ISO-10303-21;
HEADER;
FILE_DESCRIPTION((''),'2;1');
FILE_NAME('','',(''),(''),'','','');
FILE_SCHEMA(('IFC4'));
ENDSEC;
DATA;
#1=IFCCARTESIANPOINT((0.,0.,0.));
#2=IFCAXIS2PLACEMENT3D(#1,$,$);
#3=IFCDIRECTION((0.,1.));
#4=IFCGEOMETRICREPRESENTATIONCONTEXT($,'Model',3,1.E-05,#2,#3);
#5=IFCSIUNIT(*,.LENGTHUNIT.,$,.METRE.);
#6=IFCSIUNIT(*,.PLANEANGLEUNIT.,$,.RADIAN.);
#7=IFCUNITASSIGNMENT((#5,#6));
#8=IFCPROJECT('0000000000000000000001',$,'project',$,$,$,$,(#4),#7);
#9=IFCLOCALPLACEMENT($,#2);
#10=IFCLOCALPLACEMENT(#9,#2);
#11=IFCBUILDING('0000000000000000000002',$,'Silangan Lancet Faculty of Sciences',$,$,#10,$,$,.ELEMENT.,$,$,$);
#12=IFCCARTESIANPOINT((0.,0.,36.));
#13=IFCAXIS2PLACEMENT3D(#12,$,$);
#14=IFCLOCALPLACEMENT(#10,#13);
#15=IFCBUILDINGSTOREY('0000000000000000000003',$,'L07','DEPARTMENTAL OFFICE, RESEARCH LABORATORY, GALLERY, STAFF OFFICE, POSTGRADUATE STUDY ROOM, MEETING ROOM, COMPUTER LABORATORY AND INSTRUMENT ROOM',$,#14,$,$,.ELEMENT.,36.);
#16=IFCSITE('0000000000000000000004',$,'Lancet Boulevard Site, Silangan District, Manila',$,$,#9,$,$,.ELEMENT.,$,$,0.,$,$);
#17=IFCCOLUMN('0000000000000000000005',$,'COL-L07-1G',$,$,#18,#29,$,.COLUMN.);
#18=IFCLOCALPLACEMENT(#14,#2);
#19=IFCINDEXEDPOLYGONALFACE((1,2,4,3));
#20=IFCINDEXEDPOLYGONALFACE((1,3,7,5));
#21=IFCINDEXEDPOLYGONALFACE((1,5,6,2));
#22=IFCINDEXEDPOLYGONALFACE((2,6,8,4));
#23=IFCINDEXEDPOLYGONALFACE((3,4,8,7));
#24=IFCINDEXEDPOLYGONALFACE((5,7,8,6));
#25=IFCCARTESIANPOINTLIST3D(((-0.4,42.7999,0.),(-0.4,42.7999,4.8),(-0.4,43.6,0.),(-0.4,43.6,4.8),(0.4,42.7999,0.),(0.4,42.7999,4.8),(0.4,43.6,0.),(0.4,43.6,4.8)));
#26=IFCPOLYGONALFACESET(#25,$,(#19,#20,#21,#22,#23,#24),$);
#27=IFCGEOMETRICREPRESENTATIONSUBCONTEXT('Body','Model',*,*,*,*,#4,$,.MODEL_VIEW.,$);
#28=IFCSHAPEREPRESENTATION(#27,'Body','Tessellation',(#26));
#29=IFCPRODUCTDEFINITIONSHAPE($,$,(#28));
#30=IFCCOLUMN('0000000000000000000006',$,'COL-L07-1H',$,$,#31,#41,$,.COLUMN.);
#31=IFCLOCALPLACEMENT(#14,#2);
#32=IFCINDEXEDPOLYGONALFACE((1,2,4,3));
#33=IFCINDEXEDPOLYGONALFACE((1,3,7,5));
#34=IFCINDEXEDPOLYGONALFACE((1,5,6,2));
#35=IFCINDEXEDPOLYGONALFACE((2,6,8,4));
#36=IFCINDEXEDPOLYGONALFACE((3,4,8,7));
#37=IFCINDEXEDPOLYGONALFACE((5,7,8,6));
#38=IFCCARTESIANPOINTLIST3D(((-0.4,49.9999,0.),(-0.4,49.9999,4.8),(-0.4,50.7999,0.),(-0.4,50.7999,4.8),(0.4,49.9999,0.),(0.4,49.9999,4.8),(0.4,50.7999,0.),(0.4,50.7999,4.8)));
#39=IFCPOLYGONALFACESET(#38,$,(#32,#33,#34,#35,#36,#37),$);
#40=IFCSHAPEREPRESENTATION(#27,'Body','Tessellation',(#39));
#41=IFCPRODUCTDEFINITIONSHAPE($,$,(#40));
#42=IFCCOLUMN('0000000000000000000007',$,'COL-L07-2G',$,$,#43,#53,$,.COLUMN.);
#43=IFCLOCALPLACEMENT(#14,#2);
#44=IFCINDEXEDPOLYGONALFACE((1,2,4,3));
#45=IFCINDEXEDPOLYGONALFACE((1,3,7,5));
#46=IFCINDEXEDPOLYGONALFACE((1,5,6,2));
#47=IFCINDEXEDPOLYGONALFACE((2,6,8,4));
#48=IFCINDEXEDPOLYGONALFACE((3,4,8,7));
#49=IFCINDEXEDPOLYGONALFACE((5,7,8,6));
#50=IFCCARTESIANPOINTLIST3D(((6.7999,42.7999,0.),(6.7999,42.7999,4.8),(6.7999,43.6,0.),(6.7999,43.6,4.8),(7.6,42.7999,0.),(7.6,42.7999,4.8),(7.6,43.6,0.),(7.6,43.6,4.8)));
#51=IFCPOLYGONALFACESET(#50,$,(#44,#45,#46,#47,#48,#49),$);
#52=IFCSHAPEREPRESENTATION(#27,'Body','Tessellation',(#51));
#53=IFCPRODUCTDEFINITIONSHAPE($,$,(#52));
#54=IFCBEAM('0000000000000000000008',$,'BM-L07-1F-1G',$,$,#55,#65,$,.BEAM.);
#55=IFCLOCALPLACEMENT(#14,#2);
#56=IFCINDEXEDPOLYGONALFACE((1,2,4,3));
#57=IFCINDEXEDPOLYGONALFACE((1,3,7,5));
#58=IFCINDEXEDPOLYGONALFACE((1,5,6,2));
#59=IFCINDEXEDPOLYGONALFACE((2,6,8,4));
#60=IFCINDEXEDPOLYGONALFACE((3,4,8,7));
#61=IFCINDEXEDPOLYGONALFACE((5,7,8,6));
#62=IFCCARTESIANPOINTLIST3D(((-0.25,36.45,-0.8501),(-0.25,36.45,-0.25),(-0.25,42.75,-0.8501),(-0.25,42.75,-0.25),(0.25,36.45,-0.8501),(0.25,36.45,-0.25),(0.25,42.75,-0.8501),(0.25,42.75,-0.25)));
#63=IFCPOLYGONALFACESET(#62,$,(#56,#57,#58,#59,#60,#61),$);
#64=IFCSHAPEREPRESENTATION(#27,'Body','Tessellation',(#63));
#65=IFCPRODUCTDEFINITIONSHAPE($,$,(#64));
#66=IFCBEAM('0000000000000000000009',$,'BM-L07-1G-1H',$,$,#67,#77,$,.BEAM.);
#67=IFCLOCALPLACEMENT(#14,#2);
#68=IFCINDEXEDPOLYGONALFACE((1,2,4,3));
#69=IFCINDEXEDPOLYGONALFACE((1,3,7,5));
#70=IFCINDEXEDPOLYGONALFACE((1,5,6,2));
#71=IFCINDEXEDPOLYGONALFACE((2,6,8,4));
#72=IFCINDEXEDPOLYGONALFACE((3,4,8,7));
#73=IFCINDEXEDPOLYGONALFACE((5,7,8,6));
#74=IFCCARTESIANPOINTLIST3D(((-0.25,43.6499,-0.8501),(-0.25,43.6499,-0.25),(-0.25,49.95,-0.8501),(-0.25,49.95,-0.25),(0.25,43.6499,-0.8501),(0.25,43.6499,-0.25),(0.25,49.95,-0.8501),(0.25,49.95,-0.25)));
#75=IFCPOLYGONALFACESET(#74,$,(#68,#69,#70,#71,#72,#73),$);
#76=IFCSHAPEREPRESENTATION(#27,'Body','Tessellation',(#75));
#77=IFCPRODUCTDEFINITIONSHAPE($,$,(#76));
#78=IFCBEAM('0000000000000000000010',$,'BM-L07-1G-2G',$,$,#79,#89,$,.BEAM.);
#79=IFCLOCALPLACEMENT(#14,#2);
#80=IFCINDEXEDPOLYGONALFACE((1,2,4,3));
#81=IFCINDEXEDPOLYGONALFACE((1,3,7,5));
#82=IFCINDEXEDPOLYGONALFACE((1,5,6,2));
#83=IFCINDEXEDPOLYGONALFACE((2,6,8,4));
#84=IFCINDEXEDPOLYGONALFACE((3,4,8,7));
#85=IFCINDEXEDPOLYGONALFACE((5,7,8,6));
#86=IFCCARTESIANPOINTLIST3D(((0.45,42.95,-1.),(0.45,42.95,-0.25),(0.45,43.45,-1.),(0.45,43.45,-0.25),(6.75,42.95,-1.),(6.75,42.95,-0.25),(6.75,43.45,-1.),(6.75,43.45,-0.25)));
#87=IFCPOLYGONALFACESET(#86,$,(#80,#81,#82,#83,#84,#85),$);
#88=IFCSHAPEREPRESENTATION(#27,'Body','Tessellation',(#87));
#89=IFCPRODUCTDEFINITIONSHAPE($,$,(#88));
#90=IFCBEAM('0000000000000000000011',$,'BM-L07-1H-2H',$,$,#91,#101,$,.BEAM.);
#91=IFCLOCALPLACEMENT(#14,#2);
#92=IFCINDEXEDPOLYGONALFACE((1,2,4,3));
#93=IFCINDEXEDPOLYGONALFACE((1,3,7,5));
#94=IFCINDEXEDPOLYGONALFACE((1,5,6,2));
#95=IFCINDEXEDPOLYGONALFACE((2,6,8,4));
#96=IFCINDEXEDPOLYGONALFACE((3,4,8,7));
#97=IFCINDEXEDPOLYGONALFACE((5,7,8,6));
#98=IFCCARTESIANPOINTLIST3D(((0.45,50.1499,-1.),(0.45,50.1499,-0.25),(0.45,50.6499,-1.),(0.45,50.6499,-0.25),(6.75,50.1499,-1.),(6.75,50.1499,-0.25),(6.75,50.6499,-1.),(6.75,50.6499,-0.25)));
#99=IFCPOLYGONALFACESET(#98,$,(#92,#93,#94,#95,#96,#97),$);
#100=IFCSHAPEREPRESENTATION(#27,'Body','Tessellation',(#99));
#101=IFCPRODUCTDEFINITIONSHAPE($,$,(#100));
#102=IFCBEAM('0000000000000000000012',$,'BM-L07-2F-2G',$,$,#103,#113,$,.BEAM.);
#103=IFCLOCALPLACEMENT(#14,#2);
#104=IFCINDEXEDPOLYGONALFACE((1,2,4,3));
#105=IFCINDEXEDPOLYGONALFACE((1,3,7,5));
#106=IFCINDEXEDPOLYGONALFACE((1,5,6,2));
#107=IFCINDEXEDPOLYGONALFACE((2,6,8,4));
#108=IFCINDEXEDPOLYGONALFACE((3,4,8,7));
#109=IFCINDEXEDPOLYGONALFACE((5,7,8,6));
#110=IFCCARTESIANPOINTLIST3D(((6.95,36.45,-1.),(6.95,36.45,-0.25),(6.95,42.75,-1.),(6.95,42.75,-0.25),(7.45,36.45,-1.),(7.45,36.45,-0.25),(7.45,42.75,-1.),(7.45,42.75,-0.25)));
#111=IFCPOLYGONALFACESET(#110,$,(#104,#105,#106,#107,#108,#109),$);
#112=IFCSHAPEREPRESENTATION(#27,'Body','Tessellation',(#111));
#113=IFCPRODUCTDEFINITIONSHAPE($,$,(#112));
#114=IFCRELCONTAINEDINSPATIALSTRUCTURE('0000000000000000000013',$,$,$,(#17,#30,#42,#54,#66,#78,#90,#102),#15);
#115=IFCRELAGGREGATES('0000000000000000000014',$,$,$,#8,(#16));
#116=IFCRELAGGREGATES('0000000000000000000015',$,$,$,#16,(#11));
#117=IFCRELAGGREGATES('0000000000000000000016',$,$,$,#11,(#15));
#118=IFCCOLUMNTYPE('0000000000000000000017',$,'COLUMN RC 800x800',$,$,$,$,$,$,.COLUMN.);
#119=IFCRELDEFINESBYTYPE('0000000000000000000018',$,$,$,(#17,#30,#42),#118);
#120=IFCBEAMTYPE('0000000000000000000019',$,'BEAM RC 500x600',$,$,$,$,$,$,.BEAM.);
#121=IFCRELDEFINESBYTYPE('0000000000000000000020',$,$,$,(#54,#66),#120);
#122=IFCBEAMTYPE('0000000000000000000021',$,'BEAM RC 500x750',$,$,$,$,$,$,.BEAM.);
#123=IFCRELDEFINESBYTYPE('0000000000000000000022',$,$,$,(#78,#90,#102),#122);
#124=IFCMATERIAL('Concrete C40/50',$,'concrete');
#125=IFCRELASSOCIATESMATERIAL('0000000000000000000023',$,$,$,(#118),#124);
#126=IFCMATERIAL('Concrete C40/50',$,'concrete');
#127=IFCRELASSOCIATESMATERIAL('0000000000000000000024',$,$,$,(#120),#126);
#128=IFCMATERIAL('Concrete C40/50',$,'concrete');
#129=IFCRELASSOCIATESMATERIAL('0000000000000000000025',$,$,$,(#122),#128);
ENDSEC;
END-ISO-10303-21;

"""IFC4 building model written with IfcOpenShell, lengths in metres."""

from ifc_helpers import new_model, si_unit, direction, frame, origin, origin_2d, place, context, subcontext, project, spatial, rectangle, extrude, material, material_profile, profile_set, type_object, element, save


model = new_model("IFC4")

# Units and contexts
model_context = context("Model", 3, precision=1e-05, world=origin(), true_north=direction((0.0, 1.0)))
body_context = subcontext(model_context, "Body", "Model", "MODEL_VIEW")
ifc_project = project(units=[si_unit("LENGTHUNIT", "METRE"), si_unit("PLANEANGLEUNIT", "RADIAN")], contexts=[model_context])

# Site, building, storey
site_placement = place(None, origin())
site = spatial("IfcSite", under=ifc_project, at=site_placement, Name="Lancet Boulevard Site, Silangan District, Manila", CompositionType="ELEMENT", RefElevation=0.0)
building_placement = place(site_placement, origin())
building = spatial("IfcBuilding", under=site, at=building_placement, Name="Silangan Lancet Faculty of Sciences", CompositionType="ELEMENT")
storey_placement = place(building_placement, frame((0.0, 0.0, 36.0)))
storey = spatial("IfcBuildingStorey", under=building, at=storey_placement, Name="L07", Description="DEPARTMENTAL OFFICE, RESEARCH LABORATORY, GALLERY, STAFF OFFICE, POSTGRADUATE STUDY ROOM, MEETING ROOM, COMPUTER LABORATORY AND INSTRUMENT ROOM", CompositionType="ELEMENT", Elevation=36.0)

# Columns
ifc_material_1 = material(Name="Concrete C40/50", Category="concrete")
ifc_material_profile_1 = material_profile(ifc_material_1, rectangle(XDim=0.8, YDim=0.8, at=origin_2d()), Name="RC 800x800")
ifc_profile_set_1 = profile_set([ifc_material_profile_1], Name="Concrete C40/50")
column_type = type_object("IfcColumnType", Name="COLUMN RC 800x800", PredefinedType="COLUMN", material=ifc_profile_set_1)
for number, where, z_axis, x_axis, name in (
    (1, (0.0, 43.2, 0.0), (0.0, 0.0, 1.0), (1.0, 0.0, 0.0), "COL-L07-1G"),
    (2, (0.0, 50.3999, 0.0), (0.0, 0.0, 1.0), (1.0, 0.0, 0.0), "COL-L07-1H"),
    (3, (7.2, 43.2, 0.0), (0.0, 0.0, 1.0), (1.0, 0.0, 0.0), "COL-L07-2G"),
):
    element("IfcColumn", number, at=place(storey_placement, frame(where, z_axis=z_axis, x_axis=x_axis)), inside=storey, type_object=column_type, Name=name, PredefinedType="COLUMN", context=body_context, shape_type="SweptSolid", body=[
        extrude(rectangle(XDim=0.8, YDim=0.8, at=origin_2d()), origin(), (0.0, 0.0, 1.0), 4.8),
    ])

# Beams
ifc_material_2 = material(Name="Concrete C40/50", Category="concrete")
ifc_material_profile_2 = material_profile(ifc_material_2, rectangle(XDim=0.5, YDim=0.6001, at=origin_2d()), Name="RC 500x600")
ifc_profile_set_2 = profile_set([ifc_material_profile_2], Name="Concrete C40/50")
beam_type_1 = type_object("IfcBeamType", Name="BEAM RC 500x600", PredefinedType="BEAM", material=ifc_profile_set_2)
for number, where, z_axis, x_axis, name in (
    (4, (0.0, 36.45, -0.55), (0.0, 1.0, 0.0), (-1.0, 0.0, 0.0), "BM-L07-1F-1G"),
    (5, (0.0, 43.6499, -0.55), (0.0, 1.0, 0.0), (-1.0, 0.0, 0.0), "BM-L07-1G-1H"),
):
    element("IfcBeam", number, at=place(storey_placement, frame(where, z_axis=z_axis, x_axis=x_axis)), inside=storey, type_object=beam_type_1, Name=name, PredefinedType="BEAM", context=body_context, shape_type="SweptSolid", body=[
        extrude(rectangle(XDim=0.5, YDim=0.6001, at=origin_2d()), origin(), (0.0, 0.0, 1.0), 6.3),
    ])
ifc_material_3 = material(Name="Concrete C40/50", Category="concrete")
ifc_material_profile_3 = material_profile(ifc_material_3, rectangle(XDim=0.5, YDim=0.75, at=origin_2d()), Name="RC 500x750")
ifc_profile_set_3 = profile_set([ifc_material_profile_3], Name="Concrete C40/50")
beam_type_2 = type_object("IfcBeamType", Name="BEAM RC 500x750", PredefinedType="BEAM", material=ifc_profile_set_3)
for number, where, z_axis, x_axis, name in (
    (6, (0.45, 43.2, -0.625), (1.0, 0.0, 0.0), (0.0, 1.0, 0.0), "BM-L07-1G-2G"),
    (7, (0.45, 50.3999, -0.625), (1.0, 0.0, 0.0), (0.0, 1.0, 0.0), "BM-L07-1H-2H"),
    (8, (7.2, 36.45, -0.625), (0.0, 1.0, 0.0), (-1.0, 0.0, 0.0), "BM-L07-2F-2G"),
):
    element("IfcBeam", number, at=place(storey_placement, frame(where, z_axis=z_axis, x_axis=x_axis)), inside=storey, type_object=beam_type_2, Name=name, PredefinedType="BEAM", context=body_context, shape_type="SweptSolid", body=[
        extrude(rectangle(XDim=0.5, YDim=0.75, at=origin_2d()), origin(), (0.0, 0.0, 1.0), 6.3),
    ])

save(model, "model.ifc")
